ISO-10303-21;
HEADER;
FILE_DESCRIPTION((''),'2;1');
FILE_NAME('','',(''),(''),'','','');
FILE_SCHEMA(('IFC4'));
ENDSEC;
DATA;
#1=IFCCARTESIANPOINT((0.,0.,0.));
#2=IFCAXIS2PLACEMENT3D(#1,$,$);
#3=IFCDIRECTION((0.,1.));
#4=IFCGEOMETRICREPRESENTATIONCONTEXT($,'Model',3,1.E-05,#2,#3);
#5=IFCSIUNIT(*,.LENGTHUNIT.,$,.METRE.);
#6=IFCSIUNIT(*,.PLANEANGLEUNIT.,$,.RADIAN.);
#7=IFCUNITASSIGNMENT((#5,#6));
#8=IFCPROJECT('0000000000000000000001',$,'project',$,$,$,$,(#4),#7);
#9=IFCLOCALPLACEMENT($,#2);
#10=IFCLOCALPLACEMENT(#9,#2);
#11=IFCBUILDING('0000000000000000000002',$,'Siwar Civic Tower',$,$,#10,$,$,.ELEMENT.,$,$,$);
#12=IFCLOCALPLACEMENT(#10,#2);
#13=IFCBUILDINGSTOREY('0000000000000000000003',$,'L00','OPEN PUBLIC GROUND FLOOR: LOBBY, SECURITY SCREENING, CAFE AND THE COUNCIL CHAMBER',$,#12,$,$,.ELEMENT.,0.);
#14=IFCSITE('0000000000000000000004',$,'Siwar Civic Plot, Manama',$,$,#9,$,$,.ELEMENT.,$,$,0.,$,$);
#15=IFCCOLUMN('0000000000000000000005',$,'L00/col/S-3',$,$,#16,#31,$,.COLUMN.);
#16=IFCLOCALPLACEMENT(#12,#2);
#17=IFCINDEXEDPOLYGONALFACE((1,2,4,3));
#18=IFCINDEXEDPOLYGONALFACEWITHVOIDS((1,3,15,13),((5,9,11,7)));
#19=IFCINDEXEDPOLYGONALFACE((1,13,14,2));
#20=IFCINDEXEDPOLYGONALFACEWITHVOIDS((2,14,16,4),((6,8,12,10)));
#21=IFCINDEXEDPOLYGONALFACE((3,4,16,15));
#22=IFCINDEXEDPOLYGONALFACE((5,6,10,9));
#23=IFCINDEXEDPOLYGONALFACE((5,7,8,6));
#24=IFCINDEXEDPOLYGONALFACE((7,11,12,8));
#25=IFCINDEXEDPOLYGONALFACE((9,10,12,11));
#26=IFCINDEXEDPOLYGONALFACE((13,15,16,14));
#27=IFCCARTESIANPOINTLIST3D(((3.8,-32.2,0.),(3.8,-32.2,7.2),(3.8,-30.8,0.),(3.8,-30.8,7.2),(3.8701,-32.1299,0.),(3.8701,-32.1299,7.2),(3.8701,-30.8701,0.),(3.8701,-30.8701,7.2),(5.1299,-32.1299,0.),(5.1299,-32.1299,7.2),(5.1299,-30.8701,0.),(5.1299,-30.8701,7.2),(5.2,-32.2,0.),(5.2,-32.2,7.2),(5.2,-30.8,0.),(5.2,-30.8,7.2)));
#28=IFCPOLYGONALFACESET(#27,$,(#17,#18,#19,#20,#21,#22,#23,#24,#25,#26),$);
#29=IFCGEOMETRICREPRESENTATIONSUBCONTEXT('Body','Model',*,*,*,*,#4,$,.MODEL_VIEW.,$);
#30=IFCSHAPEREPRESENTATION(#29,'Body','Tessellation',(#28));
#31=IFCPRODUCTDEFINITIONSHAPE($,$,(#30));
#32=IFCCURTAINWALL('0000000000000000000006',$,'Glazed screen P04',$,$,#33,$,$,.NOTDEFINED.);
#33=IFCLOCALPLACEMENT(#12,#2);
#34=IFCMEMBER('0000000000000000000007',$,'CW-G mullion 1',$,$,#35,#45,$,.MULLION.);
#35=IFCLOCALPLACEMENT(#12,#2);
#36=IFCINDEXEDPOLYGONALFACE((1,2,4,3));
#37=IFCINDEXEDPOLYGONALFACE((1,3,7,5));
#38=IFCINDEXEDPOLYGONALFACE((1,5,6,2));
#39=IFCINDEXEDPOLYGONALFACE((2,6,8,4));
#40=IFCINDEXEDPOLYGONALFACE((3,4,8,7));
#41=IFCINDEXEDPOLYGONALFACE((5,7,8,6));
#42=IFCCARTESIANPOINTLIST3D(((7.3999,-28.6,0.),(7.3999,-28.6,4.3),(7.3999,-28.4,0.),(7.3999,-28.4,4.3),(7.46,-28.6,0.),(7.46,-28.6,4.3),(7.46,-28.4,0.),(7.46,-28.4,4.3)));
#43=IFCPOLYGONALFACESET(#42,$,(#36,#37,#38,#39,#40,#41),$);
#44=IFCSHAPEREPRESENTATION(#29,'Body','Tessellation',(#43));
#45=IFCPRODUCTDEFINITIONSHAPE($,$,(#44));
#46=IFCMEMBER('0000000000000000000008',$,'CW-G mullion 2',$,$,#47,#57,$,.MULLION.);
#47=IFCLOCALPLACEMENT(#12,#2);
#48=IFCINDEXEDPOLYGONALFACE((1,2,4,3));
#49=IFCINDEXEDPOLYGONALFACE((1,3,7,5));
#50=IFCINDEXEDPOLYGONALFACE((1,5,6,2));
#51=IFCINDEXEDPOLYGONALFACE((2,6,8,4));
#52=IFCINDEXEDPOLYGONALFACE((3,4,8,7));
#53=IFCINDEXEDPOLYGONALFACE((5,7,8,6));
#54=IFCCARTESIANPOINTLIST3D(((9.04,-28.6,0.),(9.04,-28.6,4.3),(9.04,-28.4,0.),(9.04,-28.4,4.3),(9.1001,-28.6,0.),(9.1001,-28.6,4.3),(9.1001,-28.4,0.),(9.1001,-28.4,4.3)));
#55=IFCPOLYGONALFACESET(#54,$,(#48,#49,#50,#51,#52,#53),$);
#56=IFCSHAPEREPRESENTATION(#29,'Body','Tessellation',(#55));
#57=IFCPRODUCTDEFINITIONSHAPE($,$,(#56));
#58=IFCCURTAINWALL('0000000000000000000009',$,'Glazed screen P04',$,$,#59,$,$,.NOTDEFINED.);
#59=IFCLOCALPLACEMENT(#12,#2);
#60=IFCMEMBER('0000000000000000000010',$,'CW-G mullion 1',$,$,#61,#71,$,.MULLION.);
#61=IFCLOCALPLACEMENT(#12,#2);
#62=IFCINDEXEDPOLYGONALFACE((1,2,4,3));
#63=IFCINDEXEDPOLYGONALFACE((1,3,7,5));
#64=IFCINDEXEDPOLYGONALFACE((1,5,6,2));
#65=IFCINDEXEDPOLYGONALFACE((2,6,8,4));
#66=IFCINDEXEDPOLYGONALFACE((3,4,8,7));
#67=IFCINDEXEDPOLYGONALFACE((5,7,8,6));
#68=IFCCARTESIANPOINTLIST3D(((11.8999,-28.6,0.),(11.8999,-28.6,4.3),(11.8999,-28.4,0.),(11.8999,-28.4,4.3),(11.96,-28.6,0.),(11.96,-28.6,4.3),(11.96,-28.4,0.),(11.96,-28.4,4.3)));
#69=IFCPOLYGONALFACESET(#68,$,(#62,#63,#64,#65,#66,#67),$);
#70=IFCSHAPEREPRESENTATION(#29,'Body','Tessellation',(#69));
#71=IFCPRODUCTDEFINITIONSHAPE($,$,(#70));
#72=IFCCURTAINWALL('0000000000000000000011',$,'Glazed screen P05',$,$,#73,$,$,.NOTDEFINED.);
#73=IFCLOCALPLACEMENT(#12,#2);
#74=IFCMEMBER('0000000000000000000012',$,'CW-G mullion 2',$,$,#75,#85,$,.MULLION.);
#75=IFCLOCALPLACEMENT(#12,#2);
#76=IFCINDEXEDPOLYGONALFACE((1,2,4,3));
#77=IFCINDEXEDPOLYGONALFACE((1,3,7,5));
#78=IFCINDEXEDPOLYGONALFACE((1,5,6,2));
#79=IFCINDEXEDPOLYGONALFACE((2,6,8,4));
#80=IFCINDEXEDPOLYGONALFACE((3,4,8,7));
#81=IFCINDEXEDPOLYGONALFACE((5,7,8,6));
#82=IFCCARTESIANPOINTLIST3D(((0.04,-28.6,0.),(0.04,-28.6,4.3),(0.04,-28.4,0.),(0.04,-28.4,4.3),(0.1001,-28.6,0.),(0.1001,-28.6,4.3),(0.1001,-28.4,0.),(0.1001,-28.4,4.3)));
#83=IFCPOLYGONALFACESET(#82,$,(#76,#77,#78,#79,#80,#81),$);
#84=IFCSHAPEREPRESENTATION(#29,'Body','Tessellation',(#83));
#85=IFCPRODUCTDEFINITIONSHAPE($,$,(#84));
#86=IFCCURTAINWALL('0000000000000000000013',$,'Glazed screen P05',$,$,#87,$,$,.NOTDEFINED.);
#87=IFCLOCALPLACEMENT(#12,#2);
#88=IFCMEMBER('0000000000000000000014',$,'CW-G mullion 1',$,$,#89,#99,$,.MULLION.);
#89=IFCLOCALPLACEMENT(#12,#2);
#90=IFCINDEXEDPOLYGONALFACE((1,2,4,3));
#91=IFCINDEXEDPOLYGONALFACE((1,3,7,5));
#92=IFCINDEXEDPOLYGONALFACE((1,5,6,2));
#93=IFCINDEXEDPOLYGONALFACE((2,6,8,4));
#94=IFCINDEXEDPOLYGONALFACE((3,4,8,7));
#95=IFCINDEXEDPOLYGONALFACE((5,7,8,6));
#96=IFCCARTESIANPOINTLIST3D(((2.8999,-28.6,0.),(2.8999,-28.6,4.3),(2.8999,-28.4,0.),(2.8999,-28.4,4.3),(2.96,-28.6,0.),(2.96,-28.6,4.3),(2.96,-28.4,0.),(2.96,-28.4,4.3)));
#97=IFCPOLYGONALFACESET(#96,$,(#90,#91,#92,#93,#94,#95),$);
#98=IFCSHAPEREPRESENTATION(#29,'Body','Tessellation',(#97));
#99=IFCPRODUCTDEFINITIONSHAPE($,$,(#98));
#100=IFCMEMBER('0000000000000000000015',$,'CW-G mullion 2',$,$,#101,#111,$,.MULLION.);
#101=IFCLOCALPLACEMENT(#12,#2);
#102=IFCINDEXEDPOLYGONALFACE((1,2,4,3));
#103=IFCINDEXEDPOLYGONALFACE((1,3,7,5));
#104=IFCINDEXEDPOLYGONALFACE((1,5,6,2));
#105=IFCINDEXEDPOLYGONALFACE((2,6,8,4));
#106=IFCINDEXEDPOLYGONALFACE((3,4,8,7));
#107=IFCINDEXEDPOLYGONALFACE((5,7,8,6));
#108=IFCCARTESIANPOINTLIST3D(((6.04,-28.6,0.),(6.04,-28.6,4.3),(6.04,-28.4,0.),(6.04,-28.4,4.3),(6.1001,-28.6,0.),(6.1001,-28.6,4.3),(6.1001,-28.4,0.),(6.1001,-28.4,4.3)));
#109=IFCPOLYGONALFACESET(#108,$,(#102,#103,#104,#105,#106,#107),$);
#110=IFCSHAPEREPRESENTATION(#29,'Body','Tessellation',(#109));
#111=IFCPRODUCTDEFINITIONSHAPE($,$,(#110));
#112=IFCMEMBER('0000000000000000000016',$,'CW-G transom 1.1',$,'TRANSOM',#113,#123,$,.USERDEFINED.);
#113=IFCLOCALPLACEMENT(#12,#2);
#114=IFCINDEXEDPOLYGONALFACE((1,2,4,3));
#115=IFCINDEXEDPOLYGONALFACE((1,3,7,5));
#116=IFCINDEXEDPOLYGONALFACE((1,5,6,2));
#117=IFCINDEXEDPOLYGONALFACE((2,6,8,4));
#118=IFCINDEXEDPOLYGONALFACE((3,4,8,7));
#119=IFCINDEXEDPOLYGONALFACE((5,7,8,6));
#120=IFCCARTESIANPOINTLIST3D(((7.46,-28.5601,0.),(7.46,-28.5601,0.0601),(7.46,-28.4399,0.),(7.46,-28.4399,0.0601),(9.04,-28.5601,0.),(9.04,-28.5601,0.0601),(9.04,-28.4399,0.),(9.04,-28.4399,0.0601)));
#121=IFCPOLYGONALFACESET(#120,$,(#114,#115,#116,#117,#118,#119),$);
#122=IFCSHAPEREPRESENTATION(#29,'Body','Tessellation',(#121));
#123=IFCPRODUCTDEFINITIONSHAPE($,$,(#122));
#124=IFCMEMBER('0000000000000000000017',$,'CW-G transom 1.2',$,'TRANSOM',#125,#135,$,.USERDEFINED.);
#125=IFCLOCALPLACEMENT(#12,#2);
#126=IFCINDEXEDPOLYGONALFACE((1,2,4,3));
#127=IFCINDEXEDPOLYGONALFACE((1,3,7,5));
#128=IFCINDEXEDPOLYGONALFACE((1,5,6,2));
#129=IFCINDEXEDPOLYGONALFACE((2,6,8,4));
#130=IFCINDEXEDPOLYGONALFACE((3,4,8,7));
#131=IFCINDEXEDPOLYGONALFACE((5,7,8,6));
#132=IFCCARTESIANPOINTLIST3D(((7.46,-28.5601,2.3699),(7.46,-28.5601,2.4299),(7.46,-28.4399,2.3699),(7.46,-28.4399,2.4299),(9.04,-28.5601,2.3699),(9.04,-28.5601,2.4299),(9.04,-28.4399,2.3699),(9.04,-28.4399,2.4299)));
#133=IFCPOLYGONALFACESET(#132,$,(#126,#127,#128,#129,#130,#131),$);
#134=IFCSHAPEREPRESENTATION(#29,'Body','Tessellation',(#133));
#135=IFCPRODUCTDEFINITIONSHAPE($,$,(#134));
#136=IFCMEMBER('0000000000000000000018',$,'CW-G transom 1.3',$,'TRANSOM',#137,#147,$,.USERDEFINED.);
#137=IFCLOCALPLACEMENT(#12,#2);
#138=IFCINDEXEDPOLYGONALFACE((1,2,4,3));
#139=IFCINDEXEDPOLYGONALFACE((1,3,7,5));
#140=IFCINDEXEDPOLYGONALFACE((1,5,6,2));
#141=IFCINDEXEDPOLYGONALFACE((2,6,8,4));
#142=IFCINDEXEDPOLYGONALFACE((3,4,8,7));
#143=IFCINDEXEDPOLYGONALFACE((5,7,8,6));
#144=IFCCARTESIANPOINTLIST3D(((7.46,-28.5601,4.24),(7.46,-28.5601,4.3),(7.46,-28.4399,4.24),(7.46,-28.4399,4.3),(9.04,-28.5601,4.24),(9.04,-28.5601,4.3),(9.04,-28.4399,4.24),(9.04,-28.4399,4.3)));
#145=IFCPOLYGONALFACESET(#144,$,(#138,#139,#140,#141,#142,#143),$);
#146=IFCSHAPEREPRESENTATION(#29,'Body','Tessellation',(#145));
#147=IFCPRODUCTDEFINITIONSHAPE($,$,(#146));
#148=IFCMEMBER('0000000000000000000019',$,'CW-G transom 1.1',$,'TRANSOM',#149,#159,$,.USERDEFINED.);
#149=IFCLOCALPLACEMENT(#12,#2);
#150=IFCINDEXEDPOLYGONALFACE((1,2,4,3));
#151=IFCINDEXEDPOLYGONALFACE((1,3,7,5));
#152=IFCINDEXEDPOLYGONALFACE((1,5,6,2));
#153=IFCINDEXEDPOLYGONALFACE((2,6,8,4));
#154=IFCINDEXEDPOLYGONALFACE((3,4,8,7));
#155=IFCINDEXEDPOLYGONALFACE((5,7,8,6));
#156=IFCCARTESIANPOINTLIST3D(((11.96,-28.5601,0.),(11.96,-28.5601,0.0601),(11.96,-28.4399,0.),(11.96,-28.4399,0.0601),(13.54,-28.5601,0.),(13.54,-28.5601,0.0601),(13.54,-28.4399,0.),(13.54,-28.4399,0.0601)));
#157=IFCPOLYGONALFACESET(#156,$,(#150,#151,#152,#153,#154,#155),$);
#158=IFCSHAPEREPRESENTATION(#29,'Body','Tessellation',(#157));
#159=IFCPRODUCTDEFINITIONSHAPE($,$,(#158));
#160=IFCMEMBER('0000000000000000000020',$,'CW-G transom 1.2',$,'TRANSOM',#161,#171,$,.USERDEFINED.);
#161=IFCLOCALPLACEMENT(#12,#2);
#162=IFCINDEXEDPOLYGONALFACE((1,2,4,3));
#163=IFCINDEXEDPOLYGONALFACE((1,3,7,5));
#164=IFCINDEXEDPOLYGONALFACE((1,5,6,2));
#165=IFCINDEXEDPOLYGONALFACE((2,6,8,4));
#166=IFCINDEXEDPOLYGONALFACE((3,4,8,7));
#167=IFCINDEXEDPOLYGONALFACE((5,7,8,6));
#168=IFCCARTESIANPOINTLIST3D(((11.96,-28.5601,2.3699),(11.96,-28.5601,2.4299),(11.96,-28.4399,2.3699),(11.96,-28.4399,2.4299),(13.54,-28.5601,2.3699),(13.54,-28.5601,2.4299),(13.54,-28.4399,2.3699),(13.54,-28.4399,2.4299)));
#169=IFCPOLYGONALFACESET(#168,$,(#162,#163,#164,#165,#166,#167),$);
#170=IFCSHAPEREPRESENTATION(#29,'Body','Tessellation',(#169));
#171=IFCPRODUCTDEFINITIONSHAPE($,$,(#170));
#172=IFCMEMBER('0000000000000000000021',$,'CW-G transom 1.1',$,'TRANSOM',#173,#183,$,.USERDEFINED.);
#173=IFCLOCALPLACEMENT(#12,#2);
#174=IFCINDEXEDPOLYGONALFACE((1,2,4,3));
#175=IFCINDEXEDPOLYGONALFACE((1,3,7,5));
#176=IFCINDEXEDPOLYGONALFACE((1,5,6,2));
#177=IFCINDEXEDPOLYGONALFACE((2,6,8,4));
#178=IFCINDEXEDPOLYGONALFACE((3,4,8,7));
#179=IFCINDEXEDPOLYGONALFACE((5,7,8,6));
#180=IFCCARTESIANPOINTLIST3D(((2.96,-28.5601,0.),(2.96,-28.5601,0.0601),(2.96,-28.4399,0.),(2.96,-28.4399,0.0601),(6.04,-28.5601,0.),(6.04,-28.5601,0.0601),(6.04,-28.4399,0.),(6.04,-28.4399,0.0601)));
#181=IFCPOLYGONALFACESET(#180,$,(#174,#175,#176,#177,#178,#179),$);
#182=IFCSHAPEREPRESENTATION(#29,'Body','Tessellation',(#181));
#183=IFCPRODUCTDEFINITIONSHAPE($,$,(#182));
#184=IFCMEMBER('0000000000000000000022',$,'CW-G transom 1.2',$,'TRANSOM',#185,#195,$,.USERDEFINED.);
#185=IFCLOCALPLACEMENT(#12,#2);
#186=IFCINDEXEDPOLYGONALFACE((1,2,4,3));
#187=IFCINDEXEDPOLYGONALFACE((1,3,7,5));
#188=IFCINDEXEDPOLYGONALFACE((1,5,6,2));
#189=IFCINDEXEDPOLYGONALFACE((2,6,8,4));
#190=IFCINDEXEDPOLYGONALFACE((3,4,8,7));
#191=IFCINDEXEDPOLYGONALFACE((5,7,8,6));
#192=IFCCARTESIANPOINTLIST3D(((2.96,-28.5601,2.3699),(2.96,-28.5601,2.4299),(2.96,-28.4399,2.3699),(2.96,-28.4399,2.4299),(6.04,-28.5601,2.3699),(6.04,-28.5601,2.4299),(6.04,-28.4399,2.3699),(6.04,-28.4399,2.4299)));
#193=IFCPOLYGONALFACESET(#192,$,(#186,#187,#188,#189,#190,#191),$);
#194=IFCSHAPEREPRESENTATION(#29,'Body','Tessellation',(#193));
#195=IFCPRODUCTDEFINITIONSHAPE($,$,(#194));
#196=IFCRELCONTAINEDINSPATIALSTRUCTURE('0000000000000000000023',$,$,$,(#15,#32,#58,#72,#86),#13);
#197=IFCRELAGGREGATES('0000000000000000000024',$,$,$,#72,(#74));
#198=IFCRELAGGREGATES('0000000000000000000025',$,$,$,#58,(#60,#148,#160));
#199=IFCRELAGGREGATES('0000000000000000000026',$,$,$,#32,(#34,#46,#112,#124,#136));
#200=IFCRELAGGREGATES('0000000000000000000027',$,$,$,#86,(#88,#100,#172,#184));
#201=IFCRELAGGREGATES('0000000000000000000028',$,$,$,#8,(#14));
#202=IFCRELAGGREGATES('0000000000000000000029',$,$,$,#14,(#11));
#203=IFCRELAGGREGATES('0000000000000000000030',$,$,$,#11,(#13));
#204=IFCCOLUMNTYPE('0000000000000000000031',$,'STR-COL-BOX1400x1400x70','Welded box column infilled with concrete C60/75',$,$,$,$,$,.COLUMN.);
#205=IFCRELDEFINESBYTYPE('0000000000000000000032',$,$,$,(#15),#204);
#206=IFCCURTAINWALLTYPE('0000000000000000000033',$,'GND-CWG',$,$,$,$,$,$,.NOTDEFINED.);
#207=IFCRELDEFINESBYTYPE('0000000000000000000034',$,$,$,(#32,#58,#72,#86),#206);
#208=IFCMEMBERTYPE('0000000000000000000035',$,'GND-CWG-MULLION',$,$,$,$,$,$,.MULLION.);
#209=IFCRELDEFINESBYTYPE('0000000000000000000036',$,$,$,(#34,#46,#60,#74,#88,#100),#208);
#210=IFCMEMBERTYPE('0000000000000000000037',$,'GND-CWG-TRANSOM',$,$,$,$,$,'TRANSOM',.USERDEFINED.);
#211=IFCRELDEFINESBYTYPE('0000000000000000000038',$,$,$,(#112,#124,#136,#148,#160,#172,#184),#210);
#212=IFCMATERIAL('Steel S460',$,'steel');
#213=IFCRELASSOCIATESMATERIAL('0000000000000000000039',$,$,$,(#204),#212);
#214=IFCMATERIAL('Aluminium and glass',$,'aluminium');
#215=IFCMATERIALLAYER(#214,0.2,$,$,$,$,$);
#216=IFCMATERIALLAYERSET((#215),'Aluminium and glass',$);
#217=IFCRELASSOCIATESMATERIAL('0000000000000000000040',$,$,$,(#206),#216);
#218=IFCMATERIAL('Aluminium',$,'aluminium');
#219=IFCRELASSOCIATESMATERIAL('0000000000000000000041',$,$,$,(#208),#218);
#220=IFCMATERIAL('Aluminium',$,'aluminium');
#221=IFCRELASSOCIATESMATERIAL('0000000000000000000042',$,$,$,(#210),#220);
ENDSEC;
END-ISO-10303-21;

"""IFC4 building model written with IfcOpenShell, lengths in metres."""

from ifc_helpers import new_model, si_unit, direction, frame, origin, origin_2d, place, context, subcontext, project, spatial, rectangle, hollow_rectangle, extrude, material, layer, layer_set, material_profile, profile_set, type_object, element, aggregate, save


model = new_model("IFC4")

# Units and contexts
model_context = context("Model", 3, precision=1e-05, world=origin(), true_north=direction((0.0, 1.0)))
body_context = subcontext(model_context, "Body", "Model", "MODEL_VIEW")
ifc_project = project(units=[si_unit("LENGTHUNIT", "METRE"), si_unit("PLANEANGLEUNIT", "RADIAN")], contexts=[model_context])

# Site, building, storey
site_placement = place(None, origin())
site = spatial("IfcSite", under=ifc_project, at=site_placement, Name="Siwar Civic Plot, Manama", CompositionType="ELEMENT", RefElevation=0.0)
building_placement = place(site_placement, origin())
building = spatial("IfcBuilding", under=site, at=building_placement, Name="Siwar Civic Tower", CompositionType="ELEMENT")
storey_placement = place(building_placement, origin())
storey = spatial("IfcBuildingStorey", under=building, at=storey_placement, Name="L00", Description="OPEN PUBLIC GROUND FLOOR: LOBBY, SECURITY SCREENING, CAFE AND THE COUNCIL CHAMBER", CompositionType="ELEMENT", Elevation=0.0)

# Column
ifc_material_1 = material(Name="Steel S460", Category="steel")
ifc_material_profile_1 = material_profile(ifc_material_1, hollow_rectangle(XDim=1.3999, YDim=1.3999, WallThickness=0.0701, at=origin_2d()), Name="BOX1400x1400x70")
ifc_profile_set_1 = profile_set([ifc_material_profile_1], Name="Steel S460")
column_type = type_object("IfcColumnType", Name="STR-COL-BOX1400x1400x70", Description="Welded box column infilled with concrete C60/75", PredefinedType="COLUMN", material=ifc_profile_set_1)
column_placement = place(storey_placement, frame((4.5, -31.5, 0.0), z_axis=(0.0, 0.0, 1.0), x_axis=(1.0, 0.0, 0.0)))
element("IfcColumn", 1, at=column_placement, inside=storey, type_object=column_type, Name="L00/col/S-3", PredefinedType="COLUMN", context=body_context, shape_type="SweptSolid", body=[
    extrude(hollow_rectangle(XDim=1.3999, YDim=1.3999, WallThickness=0.0701, at=origin_2d()), origin(), (0.0, 0.0, 1.0), 7.2),
])

# Curtain wall, members
ifc_material_2 = material(Name="Aluminium and glass", Category="aluminium")
ifc_layer_1 = layer(ifc_material_2, 0.2)
ifc_layer_set_1 = layer_set([ifc_layer_1], Name="Aluminium and glass")
curtain_wall_type = type_object("IfcCurtainWallType", Name="GND-CWG", PredefinedType="NOTDEFINED", material=ifc_layer_set_1)
curtain_wall_1_placement = place(storey_placement, origin())
curtain_wall_1 = element("IfcCurtainWall", 2, at=curtain_wall_1_placement, inside=storey, type_object=curtain_wall_type, Name="Glazed screen P04", PredefinedType="NOTDEFINED")
ifc_material_3 = material(Name="Aluminium", Category="aluminium")
ifc_material_profile_2 = material_profile(ifc_material_3, rectangle(XDim=0.2, YDim=0.0601, at=origin_2d()), Name="AL 200x60")
ifc_profile_set_2 = profile_set([ifc_material_profile_2], Name="Aluminium")
member_type_1 = type_object("IfcMemberType", Name="GND-CWG-MULLION", PredefinedType="MULLION", material=ifc_profile_set_2)
member_1_placement = place(storey_placement, frame((7.4299, -28.5, 0.0), z_axis=(0.0, 0.0, 1.0), x_axis=(0.0, 1.0, 0.0)))
member_1 = element("IfcMember", 3, at=member_1_placement, type_object=member_type_1, Name="CW-G mullion 1", PredefinedType="MULLION", context=body_context, shape_type="SweptSolid", body=[
    extrude(rectangle(XDim=0.2, YDim=0.0601, at=origin_2d()), origin(), (0.0, 0.0, 1.0), 4.3),
])
member_2_placement = place(storey_placement, frame((9.0701, -28.5, 0.0), z_axis=(0.0, 0.0, 1.0), x_axis=(0.0, 1.0, 0.0)))
member_2 = element("IfcMember", 4, at=member_2_placement, type_object=member_type_1, Name="CW-G mullion 2", PredefinedType="MULLION", context=body_context, shape_type="SweptSolid", body=[
    extrude(rectangle(XDim=0.2, YDim=0.0601, at=origin_2d()), origin(), (0.0, 0.0, 1.0), 4.3),
])

# Curtain walls, members
curtain_wall_2_placement = place(storey_placement, origin())
curtain_wall_2 = element("IfcCurtainWall", 5, at=curtain_wall_2_placement, inside=storey, type_object=curtain_wall_type, Name="Glazed screen P04", PredefinedType="NOTDEFINED")
member_3_placement = place(storey_placement, frame((11.9299, -28.5, 0.0), z_axis=(0.0, 0.0, 1.0), x_axis=(0.0, 1.0, 0.0)))
member_3 = element("IfcMember", 6, at=member_3_placement, type_object=member_type_1, Name="CW-G mullion 1", PredefinedType="MULLION", context=body_context, shape_type="SweptSolid", body=[
    extrude(rectangle(XDim=0.2, YDim=0.0601, at=origin_2d()), origin(), (0.0, 0.0, 1.0), 4.3),
])
curtain_wall_3_placement = place(storey_placement, origin())
curtain_wall_3 = element("IfcCurtainWall", 7, at=curtain_wall_3_placement, inside=storey, type_object=curtain_wall_type, Name="Glazed screen P05", PredefinedType="NOTDEFINED")
member_4_placement = place(storey_placement, frame((0.0701, -28.5, 0.0), z_axis=(0.0, 0.0, 1.0), x_axis=(0.0, 1.0, 0.0)))
member_4 = element("IfcMember", 8, at=member_4_placement, type_object=member_type_1, Name="CW-G mullion 2", PredefinedType="MULLION", context=body_context, shape_type="SweptSolid", body=[
    extrude(rectangle(XDim=0.2, YDim=0.0601, at=origin_2d()), origin(), (0.0, 0.0, 1.0), 4.3),
])
aggregate(curtain_wall_3, [member_4])

# Curtain wall, members
curtain_wall_4_placement = place(storey_placement, origin())
curtain_wall_4 = element("IfcCurtainWall", 9, at=curtain_wall_4_placement, inside=storey, type_object=curtain_wall_type, Name="Glazed screen P05", PredefinedType="NOTDEFINED")
member_5_placement = place(storey_placement, frame((2.9299, -28.5, 0.0), z_axis=(0.0, 0.0, 1.0), x_axis=(0.0, 1.0, 0.0)))
member_5 = element("IfcMember", 10, at=member_5_placement, type_object=member_type_1, Name="CW-G mullion 1", PredefinedType="MULLION", context=body_context, shape_type="SweptSolid", body=[
    extrude(rectangle(XDim=0.2, YDim=0.0601, at=origin_2d()), origin(), (0.0, 0.0, 1.0), 4.3),
])
member_6_placement = place(storey_placement, frame((6.0701, -28.5, 0.0), z_axis=(0.0, 0.0, 1.0), x_axis=(0.0, 1.0, 0.0)))
member_6 = element("IfcMember", 11, at=member_6_placement, type_object=member_type_1, Name="CW-G mullion 2", PredefinedType="MULLION", context=body_context, shape_type="SweptSolid", body=[
    extrude(rectangle(XDim=0.2, YDim=0.0601, at=origin_2d()), origin(), (0.0, 0.0, 1.0), 4.3),
])

# Members
ifc_material_4 = material(Name="Aluminium", Category="aluminium")
ifc_material_profile_3 = material_profile(ifc_material_4, rectangle(XDim=0.1201, YDim=0.0601, at=origin_2d()), Name="AL 120x60")
ifc_profile_set_3 = profile_set([ifc_material_profile_3], Name="Aluminium")
member_type_2 = type_object("IfcMemberType", Name="GND-CWG-TRANSOM", ElementType="TRANSOM", PredefinedType="USERDEFINED", material=ifc_profile_set_3)
member_7_placement = place(storey_placement, frame((7.46, -28.5, 0.03), z_axis=(1.0, 0.0, 0.0), x_axis=(0.0, 1.0, 0.0)))
member_7 = element("IfcMember", 12, at=member_7_placement, type_object=member_type_2, Name="CW-G transom 1.1", ObjectType="TRANSOM", PredefinedType="USERDEFINED", context=body_context, shape_type="SweptSolid", body=[
    extrude(rectangle(XDim=0.1201, YDim=0.0601, at=origin_2d()), origin(), (0.0, 0.0, 1.0), 1.5801),
])
member_8_placement = place(storey_placement, frame((7.46, -28.5, 2.3999), z_axis=(1.0, 0.0, 0.0), x_axis=(0.0, 1.0, 0.0)))
member_8 = element("IfcMember", 13, at=member_8_placement, type_object=member_type_2, Name="CW-G transom 1.2", ObjectType="TRANSOM", PredefinedType="USERDEFINED", context=body_context, shape_type="SweptSolid", body=[
    extrude(rectangle(XDim=0.1201, YDim=0.0601, at=origin_2d()), origin(), (0.0, 0.0, 1.0), 1.5801),
])
member_9_placement = place(storey_placement, frame((7.46, -28.5, 4.27), z_axis=(1.0, 0.0, 0.0), x_axis=(0.0, 1.0, 0.0)))
member_9 = element("IfcMember", 14, at=member_9_placement, type_object=member_type_2, Name="CW-G transom 1.3", ObjectType="TRANSOM", PredefinedType="USERDEFINED", context=body_context, shape_type="SweptSolid", body=[
    extrude(rectangle(XDim=0.1201, YDim=0.0601, at=origin_2d()), origin(), (0.0, 0.0, 1.0), 1.5801),
])
member_10_placement = place(storey_placement, frame((11.96, -28.5, 0.03), z_axis=(1.0, 0.0, 0.0), x_axis=(0.0, 1.0, 0.0)))
member_10 = element("IfcMember", 15, at=member_10_placement, type_object=member_type_2, Name="CW-G transom 1.1", ObjectType="TRANSOM", PredefinedType="USERDEFINED", context=body_context, shape_type="SweptSolid", body=[
    extrude(rectangle(XDim=0.1201, YDim=0.0601, at=origin_2d()), origin(), (0.0, 0.0, 1.0), 1.5801),
])
member_11_placement = place(storey_placement, frame((11.96, -28.5, 2.3999), z_axis=(1.0, 0.0, 0.0), x_axis=(0.0, 1.0, 0.0)))
member_11 = element("IfcMember", 16, at=member_11_placement, type_object=member_type_2, Name="CW-G transom 1.2", ObjectType="TRANSOM", PredefinedType="USERDEFINED", context=body_context, shape_type="SweptSolid", body=[
    extrude(rectangle(XDim=0.1201, YDim=0.0601, at=origin_2d()), origin(), (0.0, 0.0, 1.0), 1.5801),
])
aggregate(curtain_wall_2, [member_3, member_10, member_11])
member_12_placement = place(storey_placement, frame((2.96, -28.5, 0.03), z_axis=(1.0, 0.0, 0.0), x_axis=(0.0, 1.0, 0.0)))
member_12 = element("IfcMember", 17, at=member_12_placement, type_object=member_type_2, Name="CW-G transom 1.1", ObjectType="TRANSOM", PredefinedType="USERDEFINED", context=body_context, shape_type="SweptSolid", body=[
    extrude(rectangle(XDim=0.1201, YDim=0.0601, at=origin_2d()), origin(), (0.0, 0.0, 1.0), 3.0801),
])
member_13_placement = place(storey_placement, frame((2.96, -28.5, 2.3999), z_axis=(1.0, 0.0, 0.0), x_axis=(0.0, 1.0, 0.0)))
member_13 = element("IfcMember", 18, at=member_13_placement, type_object=member_type_2, Name="CW-G transom 1.2", ObjectType="TRANSOM", PredefinedType="USERDEFINED", context=body_context, shape_type="SweptSolid", body=[
    extrude(rectangle(XDim=0.1201, YDim=0.0601, at=origin_2d()), origin(), (0.0, 0.0, 1.0), 3.0801),
])

aggregate(curtain_wall_1, [member_1, member_2, member_7, member_8, member_9])
aggregate(curtain_wall_4, [member_5, member_6, member_12, member_13])

save(model, "model.ifc")
